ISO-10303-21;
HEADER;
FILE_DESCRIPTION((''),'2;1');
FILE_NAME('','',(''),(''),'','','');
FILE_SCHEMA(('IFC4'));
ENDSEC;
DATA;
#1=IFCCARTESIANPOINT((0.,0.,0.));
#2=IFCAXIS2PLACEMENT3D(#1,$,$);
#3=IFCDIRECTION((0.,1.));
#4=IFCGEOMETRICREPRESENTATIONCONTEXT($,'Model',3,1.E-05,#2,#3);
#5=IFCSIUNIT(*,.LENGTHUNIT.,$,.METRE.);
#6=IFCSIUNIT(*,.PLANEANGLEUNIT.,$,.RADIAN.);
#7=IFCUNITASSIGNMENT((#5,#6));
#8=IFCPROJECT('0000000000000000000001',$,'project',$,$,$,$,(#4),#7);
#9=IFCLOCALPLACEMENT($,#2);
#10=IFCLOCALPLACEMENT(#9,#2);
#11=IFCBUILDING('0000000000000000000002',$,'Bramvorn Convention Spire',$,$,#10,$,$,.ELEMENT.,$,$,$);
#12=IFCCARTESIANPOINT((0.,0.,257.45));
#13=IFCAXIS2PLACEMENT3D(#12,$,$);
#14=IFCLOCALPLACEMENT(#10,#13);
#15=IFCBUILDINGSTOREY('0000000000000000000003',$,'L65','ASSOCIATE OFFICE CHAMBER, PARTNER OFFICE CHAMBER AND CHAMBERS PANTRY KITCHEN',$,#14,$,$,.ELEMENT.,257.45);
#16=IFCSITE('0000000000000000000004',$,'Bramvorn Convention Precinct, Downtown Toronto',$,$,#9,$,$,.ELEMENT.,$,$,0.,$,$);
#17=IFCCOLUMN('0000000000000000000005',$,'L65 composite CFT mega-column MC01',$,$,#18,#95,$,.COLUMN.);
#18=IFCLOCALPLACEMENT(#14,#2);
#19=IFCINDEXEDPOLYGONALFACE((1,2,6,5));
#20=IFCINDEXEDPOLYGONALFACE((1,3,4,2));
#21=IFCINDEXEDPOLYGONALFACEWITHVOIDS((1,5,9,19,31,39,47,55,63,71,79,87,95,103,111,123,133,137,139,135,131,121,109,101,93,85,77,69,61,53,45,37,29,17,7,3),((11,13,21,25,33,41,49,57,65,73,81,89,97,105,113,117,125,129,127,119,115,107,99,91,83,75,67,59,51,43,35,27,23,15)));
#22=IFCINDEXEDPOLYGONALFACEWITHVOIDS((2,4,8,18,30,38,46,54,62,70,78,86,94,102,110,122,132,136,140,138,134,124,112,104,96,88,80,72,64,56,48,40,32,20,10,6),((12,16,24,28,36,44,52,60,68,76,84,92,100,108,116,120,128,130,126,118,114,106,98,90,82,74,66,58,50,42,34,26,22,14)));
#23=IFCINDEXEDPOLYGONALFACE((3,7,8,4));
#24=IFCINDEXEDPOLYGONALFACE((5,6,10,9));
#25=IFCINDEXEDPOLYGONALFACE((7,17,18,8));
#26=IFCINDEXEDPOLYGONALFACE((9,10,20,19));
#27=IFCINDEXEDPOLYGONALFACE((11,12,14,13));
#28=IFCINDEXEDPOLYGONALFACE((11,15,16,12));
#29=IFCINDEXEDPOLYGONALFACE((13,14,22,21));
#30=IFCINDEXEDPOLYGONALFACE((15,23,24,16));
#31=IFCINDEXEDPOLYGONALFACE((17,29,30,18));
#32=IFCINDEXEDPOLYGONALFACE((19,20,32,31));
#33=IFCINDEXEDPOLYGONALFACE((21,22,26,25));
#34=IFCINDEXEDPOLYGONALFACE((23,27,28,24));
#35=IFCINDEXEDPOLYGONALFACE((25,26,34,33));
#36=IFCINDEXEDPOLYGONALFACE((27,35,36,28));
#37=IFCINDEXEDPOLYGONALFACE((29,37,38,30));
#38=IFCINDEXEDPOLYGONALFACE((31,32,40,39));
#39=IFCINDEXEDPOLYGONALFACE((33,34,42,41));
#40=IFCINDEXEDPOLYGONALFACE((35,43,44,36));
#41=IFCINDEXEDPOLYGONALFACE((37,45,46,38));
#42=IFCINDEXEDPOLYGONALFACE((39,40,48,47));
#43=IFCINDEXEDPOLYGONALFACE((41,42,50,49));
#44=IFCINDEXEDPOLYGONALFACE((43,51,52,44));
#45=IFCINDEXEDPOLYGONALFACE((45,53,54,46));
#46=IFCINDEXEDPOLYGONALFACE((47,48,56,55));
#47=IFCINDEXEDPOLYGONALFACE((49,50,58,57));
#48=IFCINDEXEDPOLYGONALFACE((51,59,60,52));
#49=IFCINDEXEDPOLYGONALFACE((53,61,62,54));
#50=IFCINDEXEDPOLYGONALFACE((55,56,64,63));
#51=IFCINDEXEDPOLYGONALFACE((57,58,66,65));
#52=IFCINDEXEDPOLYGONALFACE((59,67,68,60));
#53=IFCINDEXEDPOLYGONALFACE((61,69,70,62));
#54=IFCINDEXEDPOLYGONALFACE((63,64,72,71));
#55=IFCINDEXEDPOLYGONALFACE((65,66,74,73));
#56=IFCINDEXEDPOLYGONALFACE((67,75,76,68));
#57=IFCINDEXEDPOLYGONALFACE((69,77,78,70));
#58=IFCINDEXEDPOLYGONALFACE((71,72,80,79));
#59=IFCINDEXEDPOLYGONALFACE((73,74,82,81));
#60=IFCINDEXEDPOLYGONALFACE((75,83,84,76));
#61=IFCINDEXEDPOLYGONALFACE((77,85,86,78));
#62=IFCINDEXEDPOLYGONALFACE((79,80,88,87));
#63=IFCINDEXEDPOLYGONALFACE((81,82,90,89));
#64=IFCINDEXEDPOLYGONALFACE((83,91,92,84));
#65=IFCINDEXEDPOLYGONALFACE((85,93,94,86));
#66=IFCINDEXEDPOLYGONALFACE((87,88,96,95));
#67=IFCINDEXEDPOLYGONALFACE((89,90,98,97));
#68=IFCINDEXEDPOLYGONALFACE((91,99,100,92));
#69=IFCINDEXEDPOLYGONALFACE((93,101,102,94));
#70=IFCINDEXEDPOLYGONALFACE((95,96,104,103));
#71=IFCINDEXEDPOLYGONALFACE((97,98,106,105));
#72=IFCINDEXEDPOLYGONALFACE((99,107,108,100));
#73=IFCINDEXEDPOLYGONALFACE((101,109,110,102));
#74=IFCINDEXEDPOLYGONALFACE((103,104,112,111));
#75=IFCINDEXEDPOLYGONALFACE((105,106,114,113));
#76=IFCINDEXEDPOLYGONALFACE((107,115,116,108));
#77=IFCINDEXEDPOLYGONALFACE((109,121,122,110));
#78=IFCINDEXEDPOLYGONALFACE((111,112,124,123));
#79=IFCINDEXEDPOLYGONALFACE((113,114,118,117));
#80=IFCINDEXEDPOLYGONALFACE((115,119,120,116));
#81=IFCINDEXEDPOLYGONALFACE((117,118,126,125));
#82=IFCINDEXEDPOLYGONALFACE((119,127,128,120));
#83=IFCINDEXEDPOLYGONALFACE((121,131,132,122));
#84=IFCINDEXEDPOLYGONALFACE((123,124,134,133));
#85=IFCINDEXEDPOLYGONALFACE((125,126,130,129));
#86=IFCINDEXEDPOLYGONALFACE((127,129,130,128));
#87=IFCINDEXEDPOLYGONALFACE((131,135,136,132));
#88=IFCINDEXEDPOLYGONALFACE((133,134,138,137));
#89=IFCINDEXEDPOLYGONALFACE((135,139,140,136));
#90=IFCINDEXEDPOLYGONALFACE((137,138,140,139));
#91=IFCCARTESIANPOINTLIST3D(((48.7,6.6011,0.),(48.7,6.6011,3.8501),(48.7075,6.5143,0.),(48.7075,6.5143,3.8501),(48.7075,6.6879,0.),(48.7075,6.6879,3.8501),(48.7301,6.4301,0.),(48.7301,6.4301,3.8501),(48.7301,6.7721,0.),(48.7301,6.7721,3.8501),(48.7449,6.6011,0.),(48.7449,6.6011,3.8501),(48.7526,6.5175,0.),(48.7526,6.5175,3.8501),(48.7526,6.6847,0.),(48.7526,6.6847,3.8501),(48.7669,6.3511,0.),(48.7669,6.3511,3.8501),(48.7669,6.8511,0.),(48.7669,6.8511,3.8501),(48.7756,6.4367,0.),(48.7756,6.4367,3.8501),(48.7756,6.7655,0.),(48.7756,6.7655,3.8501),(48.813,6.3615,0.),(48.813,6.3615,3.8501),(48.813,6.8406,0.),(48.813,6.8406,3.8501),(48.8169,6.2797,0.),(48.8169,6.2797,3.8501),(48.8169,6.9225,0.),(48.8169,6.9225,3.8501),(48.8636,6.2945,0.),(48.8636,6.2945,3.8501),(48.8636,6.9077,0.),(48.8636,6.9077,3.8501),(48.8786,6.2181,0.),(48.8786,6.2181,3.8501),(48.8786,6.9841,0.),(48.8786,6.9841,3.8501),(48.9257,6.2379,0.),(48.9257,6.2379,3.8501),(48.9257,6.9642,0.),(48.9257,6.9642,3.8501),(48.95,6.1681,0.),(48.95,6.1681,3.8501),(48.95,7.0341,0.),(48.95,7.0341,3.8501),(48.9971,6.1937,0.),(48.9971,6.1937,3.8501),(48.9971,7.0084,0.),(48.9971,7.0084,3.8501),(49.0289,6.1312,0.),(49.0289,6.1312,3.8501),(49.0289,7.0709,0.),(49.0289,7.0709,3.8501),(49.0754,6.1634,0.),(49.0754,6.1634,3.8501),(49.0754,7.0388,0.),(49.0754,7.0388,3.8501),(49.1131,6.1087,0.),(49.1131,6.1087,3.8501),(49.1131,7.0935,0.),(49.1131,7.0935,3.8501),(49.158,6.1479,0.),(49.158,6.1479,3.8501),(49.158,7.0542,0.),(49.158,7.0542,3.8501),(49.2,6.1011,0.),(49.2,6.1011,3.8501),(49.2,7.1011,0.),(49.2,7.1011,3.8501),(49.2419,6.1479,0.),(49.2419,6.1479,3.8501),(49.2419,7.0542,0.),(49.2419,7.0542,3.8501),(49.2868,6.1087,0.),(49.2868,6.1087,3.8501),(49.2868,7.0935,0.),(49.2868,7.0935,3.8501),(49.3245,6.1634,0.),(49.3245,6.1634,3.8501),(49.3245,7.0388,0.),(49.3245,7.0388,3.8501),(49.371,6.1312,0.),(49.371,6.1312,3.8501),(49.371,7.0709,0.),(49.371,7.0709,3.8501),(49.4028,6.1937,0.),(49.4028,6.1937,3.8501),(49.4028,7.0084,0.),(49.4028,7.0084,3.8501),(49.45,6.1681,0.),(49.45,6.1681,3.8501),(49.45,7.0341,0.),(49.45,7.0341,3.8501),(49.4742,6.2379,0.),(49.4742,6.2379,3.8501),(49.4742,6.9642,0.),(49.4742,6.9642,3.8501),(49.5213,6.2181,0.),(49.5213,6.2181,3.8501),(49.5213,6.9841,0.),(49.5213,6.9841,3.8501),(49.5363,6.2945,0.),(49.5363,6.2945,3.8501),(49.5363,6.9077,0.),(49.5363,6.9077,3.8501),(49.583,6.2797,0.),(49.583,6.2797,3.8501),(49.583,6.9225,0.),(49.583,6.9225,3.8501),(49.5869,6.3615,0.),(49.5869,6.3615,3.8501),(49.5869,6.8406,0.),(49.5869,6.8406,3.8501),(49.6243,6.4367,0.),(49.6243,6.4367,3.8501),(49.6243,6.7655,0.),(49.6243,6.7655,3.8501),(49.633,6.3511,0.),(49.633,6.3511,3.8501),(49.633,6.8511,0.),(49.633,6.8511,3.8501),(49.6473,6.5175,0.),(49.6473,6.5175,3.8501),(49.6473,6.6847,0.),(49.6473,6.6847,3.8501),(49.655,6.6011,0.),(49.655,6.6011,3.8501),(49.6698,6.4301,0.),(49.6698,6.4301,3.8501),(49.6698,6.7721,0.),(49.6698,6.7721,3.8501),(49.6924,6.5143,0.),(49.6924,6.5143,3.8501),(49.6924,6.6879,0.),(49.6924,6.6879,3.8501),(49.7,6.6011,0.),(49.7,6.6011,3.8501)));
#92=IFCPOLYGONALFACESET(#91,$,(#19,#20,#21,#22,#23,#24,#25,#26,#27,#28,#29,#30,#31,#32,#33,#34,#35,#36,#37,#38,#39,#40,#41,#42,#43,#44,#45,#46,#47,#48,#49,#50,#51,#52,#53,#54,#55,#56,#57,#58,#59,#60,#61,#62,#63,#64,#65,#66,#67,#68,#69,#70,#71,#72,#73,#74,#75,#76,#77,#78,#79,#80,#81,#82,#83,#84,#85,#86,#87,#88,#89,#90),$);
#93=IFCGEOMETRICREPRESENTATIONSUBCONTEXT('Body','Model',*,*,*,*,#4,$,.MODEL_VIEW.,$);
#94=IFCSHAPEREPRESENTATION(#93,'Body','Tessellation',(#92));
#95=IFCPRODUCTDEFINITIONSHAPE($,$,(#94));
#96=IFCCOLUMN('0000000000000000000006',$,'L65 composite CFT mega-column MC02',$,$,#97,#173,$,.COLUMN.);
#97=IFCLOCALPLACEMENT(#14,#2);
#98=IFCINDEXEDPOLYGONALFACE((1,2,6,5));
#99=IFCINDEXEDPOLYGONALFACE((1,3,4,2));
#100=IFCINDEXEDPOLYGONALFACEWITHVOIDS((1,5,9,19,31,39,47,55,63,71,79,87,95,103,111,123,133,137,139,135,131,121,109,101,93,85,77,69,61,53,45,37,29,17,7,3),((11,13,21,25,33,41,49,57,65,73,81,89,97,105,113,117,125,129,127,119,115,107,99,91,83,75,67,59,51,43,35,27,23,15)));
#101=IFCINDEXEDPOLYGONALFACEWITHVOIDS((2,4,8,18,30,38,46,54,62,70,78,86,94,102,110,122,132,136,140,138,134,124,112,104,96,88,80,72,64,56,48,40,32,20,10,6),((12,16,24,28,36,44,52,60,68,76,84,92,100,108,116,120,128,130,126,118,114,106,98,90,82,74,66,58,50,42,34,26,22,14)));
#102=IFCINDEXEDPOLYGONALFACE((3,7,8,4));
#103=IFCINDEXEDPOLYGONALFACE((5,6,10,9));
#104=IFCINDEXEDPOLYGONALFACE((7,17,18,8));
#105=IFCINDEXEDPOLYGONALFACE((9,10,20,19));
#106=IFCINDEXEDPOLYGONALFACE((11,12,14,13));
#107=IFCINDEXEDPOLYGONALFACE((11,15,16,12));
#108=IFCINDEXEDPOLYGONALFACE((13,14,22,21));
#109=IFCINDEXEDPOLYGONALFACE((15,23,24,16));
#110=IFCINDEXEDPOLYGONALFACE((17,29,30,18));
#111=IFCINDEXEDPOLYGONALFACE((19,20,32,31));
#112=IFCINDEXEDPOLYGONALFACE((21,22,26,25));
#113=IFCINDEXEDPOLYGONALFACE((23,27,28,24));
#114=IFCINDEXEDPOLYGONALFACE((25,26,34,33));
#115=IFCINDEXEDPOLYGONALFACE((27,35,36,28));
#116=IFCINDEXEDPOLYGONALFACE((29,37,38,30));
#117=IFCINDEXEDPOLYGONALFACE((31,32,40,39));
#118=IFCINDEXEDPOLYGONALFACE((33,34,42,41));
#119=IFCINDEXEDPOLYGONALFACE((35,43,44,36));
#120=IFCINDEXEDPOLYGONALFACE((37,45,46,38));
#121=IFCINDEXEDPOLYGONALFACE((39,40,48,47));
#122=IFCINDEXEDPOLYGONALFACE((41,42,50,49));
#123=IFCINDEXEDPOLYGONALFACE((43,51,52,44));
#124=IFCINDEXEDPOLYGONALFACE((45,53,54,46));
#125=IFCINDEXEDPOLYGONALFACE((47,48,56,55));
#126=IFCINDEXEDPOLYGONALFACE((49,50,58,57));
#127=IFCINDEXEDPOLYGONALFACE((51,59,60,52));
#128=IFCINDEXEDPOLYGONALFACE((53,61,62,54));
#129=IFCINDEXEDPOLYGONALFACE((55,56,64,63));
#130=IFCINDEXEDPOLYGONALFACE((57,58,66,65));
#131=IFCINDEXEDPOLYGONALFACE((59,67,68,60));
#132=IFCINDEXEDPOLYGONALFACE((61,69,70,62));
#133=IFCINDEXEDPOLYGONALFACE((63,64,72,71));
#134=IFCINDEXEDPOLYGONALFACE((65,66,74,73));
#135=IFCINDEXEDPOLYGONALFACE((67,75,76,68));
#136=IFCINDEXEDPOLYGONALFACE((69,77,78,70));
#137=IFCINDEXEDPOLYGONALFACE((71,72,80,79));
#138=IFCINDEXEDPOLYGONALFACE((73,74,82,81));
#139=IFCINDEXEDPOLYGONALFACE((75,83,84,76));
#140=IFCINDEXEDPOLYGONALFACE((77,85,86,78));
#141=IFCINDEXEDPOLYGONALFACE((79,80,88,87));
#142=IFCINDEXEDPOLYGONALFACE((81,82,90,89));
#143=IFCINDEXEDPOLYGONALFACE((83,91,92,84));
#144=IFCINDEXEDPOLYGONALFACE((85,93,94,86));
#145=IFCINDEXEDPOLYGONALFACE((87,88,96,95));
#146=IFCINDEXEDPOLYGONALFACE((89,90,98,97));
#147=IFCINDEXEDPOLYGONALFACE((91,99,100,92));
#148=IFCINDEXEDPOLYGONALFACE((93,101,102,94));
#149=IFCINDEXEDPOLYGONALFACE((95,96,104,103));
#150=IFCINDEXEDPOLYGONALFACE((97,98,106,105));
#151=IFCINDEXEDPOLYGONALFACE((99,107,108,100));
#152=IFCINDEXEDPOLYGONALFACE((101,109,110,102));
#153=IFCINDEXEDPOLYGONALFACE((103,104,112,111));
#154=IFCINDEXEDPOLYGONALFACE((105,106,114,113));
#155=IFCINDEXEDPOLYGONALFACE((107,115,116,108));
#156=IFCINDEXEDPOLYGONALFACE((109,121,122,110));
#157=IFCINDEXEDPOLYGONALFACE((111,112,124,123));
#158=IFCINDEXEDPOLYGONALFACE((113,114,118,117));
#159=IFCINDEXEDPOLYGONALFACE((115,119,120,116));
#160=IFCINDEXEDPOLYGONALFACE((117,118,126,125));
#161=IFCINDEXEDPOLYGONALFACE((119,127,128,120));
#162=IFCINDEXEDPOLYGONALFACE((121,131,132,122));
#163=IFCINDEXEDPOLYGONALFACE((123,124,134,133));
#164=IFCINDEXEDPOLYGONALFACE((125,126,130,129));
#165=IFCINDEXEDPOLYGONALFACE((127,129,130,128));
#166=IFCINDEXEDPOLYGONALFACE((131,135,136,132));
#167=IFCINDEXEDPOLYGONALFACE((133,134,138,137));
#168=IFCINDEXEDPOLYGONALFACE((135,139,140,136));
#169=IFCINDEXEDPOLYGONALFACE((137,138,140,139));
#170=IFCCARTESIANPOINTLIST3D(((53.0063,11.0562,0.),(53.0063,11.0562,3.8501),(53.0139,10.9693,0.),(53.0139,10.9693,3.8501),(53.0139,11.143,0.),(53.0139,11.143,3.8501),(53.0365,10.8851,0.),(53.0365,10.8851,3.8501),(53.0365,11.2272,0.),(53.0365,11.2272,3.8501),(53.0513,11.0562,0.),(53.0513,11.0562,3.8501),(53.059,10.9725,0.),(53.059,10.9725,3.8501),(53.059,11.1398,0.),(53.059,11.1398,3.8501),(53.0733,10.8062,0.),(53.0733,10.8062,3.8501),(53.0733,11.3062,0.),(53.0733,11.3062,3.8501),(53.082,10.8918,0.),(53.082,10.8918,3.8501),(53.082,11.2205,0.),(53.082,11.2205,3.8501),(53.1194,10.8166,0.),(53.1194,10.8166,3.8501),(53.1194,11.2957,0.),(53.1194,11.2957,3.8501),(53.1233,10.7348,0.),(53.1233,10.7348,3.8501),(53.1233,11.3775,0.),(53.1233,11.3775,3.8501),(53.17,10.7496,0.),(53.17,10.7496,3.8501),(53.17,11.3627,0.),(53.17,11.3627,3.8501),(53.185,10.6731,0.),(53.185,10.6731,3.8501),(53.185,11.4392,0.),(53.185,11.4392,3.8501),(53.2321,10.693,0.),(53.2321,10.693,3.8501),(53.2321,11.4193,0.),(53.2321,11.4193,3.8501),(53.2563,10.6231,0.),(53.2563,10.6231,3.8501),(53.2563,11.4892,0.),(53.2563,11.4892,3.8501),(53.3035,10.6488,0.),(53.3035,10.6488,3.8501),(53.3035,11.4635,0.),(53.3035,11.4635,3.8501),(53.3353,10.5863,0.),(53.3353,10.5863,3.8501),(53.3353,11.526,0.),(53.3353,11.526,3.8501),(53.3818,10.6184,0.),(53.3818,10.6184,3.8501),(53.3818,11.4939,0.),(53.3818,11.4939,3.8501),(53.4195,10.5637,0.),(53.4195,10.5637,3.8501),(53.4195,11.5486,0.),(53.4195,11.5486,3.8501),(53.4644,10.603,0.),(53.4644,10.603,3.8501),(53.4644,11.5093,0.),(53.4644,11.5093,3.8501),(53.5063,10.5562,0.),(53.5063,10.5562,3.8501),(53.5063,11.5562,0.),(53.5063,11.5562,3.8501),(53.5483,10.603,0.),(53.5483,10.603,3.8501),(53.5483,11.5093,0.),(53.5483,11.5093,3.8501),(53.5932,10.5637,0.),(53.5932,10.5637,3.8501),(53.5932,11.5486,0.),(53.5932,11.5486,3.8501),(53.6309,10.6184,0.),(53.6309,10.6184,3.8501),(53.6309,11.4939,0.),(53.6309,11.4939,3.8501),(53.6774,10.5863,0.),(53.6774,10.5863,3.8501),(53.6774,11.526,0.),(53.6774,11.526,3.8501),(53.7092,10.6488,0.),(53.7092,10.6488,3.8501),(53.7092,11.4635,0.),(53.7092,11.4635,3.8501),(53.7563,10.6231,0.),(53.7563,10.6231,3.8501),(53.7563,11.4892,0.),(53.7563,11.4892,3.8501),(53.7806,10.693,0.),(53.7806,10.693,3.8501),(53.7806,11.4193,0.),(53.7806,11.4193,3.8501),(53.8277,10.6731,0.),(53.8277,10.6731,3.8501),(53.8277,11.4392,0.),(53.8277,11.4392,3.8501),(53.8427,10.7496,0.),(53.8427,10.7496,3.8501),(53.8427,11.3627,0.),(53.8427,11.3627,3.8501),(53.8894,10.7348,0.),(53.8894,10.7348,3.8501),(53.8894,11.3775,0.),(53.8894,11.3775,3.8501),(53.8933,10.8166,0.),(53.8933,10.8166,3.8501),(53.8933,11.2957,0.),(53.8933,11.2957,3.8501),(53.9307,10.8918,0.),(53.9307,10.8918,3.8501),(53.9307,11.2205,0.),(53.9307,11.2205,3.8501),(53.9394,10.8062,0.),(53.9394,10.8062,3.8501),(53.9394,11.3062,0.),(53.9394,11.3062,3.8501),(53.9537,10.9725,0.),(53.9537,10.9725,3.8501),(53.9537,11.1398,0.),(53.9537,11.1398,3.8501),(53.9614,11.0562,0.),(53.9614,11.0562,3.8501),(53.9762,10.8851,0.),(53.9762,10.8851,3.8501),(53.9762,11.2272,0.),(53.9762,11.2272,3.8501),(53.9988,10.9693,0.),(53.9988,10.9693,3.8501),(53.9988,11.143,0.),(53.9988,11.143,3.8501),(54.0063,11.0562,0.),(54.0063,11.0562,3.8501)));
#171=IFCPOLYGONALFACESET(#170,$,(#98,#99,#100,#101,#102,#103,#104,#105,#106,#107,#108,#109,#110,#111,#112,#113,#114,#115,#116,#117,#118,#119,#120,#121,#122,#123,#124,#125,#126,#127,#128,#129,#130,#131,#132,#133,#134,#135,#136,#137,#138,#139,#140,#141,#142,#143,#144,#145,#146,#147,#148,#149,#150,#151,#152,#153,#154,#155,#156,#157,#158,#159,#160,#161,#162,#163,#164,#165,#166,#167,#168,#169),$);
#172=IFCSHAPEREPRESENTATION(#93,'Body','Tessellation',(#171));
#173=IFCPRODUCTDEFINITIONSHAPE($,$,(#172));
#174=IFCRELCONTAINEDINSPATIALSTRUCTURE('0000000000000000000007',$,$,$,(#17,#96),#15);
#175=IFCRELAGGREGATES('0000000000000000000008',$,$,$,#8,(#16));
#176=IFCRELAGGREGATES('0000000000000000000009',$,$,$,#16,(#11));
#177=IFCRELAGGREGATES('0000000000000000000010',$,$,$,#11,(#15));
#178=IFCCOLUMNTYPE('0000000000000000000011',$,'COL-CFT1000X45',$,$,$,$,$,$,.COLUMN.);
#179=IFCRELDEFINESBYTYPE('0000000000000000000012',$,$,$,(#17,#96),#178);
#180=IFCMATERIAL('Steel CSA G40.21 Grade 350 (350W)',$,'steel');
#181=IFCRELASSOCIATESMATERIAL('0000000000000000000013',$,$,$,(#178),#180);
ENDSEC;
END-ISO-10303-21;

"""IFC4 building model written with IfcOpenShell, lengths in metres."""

from ifc_helpers import new_model, si_unit, direction, frame, origin, origin_2d, place, context, subcontext, project, spatial, hollow_circle, extrude, material, material_profile, profile_set, type_object, element, save


model = new_model("IFC4")

# Units and contexts
model_context = context("Model", 3, precision=1e-05, world=origin(), true_north=direction((0.0, 1.0)))
body_context = subcontext(model_context, "Body", "Model", "MODEL_VIEW")
ifc_project = project(units=[si_unit("LENGTHUNIT", "METRE"), si_unit("PLANEANGLEUNIT", "RADIAN")], contexts=[model_context])

# Site, building, storey
site_placement = place(None, origin())
site = spatial("IfcSite", under=ifc_project, at=site_placement, Name="Bramvorn Convention Precinct, Downtown Toronto", CompositionType="ELEMENT", RefElevation=0.0)
building_placement = place(site_placement, origin())
building = spatial("IfcBuilding", under=site, at=building_placement, Name="Bramvorn Convention Spire", CompositionType="ELEMENT")
storey_placement = place(building_placement, frame((0.0, 0.0, 257.45)))
storey = spatial("IfcBuildingStorey", under=building, at=storey_placement, Name="L65", Description="ASSOCIATE OFFICE CHAMBER, PARTNER OFFICE CHAMBER AND CHAMBERS PANTRY KITCHEN", CompositionType="ELEMENT", Elevation=257.45)

# Columns
ifc_material_1 = material(Name="Steel CSA G40.21 Grade 350 (350W)", Category="steel")
ifc_material_profile_1 = material_profile(ifc_material_1, hollow_circle(Radius=0.5, WallThickness=0.0449, at=origin_2d()))
ifc_profile_set_1 = profile_set([ifc_material_profile_1], Name="Steel CSA G40.21 Grade 350 (350W) - CFT1000X45")
column_type = type_object("IfcColumnType", Name="COL-CFT1000X45", PredefinedType="COLUMN", material=ifc_profile_set_1)
for number, where, z_axis, x_axis, name in (
    (1, (49.2, 6.6011, 0.0), (0.0, 0.0, 1.0), (1.0, 0.0, 0.0), "L65 composite CFT mega-column MC01"),
    (2, (53.5063, 11.0562, 0.0), (0.0, 0.0, 1.0), (1.0, 0.0, 0.0), "L65 composite CFT mega-column MC02"),
):
    element("IfcColumn", number, at=place(storey_placement, frame(where, z_axis=z_axis, x_axis=x_axis)), inside=storey, type_object=column_type, Name=name, PredefinedType="COLUMN", context=body_context, shape_type="SweptSolid", body=[
        extrude(hollow_circle(Radius=0.5, WallThickness=0.0449, at=origin_2d()), origin(), (0.0, 0.0, 1.0), 3.8501),
    ])

save(model, "model.ifc")
